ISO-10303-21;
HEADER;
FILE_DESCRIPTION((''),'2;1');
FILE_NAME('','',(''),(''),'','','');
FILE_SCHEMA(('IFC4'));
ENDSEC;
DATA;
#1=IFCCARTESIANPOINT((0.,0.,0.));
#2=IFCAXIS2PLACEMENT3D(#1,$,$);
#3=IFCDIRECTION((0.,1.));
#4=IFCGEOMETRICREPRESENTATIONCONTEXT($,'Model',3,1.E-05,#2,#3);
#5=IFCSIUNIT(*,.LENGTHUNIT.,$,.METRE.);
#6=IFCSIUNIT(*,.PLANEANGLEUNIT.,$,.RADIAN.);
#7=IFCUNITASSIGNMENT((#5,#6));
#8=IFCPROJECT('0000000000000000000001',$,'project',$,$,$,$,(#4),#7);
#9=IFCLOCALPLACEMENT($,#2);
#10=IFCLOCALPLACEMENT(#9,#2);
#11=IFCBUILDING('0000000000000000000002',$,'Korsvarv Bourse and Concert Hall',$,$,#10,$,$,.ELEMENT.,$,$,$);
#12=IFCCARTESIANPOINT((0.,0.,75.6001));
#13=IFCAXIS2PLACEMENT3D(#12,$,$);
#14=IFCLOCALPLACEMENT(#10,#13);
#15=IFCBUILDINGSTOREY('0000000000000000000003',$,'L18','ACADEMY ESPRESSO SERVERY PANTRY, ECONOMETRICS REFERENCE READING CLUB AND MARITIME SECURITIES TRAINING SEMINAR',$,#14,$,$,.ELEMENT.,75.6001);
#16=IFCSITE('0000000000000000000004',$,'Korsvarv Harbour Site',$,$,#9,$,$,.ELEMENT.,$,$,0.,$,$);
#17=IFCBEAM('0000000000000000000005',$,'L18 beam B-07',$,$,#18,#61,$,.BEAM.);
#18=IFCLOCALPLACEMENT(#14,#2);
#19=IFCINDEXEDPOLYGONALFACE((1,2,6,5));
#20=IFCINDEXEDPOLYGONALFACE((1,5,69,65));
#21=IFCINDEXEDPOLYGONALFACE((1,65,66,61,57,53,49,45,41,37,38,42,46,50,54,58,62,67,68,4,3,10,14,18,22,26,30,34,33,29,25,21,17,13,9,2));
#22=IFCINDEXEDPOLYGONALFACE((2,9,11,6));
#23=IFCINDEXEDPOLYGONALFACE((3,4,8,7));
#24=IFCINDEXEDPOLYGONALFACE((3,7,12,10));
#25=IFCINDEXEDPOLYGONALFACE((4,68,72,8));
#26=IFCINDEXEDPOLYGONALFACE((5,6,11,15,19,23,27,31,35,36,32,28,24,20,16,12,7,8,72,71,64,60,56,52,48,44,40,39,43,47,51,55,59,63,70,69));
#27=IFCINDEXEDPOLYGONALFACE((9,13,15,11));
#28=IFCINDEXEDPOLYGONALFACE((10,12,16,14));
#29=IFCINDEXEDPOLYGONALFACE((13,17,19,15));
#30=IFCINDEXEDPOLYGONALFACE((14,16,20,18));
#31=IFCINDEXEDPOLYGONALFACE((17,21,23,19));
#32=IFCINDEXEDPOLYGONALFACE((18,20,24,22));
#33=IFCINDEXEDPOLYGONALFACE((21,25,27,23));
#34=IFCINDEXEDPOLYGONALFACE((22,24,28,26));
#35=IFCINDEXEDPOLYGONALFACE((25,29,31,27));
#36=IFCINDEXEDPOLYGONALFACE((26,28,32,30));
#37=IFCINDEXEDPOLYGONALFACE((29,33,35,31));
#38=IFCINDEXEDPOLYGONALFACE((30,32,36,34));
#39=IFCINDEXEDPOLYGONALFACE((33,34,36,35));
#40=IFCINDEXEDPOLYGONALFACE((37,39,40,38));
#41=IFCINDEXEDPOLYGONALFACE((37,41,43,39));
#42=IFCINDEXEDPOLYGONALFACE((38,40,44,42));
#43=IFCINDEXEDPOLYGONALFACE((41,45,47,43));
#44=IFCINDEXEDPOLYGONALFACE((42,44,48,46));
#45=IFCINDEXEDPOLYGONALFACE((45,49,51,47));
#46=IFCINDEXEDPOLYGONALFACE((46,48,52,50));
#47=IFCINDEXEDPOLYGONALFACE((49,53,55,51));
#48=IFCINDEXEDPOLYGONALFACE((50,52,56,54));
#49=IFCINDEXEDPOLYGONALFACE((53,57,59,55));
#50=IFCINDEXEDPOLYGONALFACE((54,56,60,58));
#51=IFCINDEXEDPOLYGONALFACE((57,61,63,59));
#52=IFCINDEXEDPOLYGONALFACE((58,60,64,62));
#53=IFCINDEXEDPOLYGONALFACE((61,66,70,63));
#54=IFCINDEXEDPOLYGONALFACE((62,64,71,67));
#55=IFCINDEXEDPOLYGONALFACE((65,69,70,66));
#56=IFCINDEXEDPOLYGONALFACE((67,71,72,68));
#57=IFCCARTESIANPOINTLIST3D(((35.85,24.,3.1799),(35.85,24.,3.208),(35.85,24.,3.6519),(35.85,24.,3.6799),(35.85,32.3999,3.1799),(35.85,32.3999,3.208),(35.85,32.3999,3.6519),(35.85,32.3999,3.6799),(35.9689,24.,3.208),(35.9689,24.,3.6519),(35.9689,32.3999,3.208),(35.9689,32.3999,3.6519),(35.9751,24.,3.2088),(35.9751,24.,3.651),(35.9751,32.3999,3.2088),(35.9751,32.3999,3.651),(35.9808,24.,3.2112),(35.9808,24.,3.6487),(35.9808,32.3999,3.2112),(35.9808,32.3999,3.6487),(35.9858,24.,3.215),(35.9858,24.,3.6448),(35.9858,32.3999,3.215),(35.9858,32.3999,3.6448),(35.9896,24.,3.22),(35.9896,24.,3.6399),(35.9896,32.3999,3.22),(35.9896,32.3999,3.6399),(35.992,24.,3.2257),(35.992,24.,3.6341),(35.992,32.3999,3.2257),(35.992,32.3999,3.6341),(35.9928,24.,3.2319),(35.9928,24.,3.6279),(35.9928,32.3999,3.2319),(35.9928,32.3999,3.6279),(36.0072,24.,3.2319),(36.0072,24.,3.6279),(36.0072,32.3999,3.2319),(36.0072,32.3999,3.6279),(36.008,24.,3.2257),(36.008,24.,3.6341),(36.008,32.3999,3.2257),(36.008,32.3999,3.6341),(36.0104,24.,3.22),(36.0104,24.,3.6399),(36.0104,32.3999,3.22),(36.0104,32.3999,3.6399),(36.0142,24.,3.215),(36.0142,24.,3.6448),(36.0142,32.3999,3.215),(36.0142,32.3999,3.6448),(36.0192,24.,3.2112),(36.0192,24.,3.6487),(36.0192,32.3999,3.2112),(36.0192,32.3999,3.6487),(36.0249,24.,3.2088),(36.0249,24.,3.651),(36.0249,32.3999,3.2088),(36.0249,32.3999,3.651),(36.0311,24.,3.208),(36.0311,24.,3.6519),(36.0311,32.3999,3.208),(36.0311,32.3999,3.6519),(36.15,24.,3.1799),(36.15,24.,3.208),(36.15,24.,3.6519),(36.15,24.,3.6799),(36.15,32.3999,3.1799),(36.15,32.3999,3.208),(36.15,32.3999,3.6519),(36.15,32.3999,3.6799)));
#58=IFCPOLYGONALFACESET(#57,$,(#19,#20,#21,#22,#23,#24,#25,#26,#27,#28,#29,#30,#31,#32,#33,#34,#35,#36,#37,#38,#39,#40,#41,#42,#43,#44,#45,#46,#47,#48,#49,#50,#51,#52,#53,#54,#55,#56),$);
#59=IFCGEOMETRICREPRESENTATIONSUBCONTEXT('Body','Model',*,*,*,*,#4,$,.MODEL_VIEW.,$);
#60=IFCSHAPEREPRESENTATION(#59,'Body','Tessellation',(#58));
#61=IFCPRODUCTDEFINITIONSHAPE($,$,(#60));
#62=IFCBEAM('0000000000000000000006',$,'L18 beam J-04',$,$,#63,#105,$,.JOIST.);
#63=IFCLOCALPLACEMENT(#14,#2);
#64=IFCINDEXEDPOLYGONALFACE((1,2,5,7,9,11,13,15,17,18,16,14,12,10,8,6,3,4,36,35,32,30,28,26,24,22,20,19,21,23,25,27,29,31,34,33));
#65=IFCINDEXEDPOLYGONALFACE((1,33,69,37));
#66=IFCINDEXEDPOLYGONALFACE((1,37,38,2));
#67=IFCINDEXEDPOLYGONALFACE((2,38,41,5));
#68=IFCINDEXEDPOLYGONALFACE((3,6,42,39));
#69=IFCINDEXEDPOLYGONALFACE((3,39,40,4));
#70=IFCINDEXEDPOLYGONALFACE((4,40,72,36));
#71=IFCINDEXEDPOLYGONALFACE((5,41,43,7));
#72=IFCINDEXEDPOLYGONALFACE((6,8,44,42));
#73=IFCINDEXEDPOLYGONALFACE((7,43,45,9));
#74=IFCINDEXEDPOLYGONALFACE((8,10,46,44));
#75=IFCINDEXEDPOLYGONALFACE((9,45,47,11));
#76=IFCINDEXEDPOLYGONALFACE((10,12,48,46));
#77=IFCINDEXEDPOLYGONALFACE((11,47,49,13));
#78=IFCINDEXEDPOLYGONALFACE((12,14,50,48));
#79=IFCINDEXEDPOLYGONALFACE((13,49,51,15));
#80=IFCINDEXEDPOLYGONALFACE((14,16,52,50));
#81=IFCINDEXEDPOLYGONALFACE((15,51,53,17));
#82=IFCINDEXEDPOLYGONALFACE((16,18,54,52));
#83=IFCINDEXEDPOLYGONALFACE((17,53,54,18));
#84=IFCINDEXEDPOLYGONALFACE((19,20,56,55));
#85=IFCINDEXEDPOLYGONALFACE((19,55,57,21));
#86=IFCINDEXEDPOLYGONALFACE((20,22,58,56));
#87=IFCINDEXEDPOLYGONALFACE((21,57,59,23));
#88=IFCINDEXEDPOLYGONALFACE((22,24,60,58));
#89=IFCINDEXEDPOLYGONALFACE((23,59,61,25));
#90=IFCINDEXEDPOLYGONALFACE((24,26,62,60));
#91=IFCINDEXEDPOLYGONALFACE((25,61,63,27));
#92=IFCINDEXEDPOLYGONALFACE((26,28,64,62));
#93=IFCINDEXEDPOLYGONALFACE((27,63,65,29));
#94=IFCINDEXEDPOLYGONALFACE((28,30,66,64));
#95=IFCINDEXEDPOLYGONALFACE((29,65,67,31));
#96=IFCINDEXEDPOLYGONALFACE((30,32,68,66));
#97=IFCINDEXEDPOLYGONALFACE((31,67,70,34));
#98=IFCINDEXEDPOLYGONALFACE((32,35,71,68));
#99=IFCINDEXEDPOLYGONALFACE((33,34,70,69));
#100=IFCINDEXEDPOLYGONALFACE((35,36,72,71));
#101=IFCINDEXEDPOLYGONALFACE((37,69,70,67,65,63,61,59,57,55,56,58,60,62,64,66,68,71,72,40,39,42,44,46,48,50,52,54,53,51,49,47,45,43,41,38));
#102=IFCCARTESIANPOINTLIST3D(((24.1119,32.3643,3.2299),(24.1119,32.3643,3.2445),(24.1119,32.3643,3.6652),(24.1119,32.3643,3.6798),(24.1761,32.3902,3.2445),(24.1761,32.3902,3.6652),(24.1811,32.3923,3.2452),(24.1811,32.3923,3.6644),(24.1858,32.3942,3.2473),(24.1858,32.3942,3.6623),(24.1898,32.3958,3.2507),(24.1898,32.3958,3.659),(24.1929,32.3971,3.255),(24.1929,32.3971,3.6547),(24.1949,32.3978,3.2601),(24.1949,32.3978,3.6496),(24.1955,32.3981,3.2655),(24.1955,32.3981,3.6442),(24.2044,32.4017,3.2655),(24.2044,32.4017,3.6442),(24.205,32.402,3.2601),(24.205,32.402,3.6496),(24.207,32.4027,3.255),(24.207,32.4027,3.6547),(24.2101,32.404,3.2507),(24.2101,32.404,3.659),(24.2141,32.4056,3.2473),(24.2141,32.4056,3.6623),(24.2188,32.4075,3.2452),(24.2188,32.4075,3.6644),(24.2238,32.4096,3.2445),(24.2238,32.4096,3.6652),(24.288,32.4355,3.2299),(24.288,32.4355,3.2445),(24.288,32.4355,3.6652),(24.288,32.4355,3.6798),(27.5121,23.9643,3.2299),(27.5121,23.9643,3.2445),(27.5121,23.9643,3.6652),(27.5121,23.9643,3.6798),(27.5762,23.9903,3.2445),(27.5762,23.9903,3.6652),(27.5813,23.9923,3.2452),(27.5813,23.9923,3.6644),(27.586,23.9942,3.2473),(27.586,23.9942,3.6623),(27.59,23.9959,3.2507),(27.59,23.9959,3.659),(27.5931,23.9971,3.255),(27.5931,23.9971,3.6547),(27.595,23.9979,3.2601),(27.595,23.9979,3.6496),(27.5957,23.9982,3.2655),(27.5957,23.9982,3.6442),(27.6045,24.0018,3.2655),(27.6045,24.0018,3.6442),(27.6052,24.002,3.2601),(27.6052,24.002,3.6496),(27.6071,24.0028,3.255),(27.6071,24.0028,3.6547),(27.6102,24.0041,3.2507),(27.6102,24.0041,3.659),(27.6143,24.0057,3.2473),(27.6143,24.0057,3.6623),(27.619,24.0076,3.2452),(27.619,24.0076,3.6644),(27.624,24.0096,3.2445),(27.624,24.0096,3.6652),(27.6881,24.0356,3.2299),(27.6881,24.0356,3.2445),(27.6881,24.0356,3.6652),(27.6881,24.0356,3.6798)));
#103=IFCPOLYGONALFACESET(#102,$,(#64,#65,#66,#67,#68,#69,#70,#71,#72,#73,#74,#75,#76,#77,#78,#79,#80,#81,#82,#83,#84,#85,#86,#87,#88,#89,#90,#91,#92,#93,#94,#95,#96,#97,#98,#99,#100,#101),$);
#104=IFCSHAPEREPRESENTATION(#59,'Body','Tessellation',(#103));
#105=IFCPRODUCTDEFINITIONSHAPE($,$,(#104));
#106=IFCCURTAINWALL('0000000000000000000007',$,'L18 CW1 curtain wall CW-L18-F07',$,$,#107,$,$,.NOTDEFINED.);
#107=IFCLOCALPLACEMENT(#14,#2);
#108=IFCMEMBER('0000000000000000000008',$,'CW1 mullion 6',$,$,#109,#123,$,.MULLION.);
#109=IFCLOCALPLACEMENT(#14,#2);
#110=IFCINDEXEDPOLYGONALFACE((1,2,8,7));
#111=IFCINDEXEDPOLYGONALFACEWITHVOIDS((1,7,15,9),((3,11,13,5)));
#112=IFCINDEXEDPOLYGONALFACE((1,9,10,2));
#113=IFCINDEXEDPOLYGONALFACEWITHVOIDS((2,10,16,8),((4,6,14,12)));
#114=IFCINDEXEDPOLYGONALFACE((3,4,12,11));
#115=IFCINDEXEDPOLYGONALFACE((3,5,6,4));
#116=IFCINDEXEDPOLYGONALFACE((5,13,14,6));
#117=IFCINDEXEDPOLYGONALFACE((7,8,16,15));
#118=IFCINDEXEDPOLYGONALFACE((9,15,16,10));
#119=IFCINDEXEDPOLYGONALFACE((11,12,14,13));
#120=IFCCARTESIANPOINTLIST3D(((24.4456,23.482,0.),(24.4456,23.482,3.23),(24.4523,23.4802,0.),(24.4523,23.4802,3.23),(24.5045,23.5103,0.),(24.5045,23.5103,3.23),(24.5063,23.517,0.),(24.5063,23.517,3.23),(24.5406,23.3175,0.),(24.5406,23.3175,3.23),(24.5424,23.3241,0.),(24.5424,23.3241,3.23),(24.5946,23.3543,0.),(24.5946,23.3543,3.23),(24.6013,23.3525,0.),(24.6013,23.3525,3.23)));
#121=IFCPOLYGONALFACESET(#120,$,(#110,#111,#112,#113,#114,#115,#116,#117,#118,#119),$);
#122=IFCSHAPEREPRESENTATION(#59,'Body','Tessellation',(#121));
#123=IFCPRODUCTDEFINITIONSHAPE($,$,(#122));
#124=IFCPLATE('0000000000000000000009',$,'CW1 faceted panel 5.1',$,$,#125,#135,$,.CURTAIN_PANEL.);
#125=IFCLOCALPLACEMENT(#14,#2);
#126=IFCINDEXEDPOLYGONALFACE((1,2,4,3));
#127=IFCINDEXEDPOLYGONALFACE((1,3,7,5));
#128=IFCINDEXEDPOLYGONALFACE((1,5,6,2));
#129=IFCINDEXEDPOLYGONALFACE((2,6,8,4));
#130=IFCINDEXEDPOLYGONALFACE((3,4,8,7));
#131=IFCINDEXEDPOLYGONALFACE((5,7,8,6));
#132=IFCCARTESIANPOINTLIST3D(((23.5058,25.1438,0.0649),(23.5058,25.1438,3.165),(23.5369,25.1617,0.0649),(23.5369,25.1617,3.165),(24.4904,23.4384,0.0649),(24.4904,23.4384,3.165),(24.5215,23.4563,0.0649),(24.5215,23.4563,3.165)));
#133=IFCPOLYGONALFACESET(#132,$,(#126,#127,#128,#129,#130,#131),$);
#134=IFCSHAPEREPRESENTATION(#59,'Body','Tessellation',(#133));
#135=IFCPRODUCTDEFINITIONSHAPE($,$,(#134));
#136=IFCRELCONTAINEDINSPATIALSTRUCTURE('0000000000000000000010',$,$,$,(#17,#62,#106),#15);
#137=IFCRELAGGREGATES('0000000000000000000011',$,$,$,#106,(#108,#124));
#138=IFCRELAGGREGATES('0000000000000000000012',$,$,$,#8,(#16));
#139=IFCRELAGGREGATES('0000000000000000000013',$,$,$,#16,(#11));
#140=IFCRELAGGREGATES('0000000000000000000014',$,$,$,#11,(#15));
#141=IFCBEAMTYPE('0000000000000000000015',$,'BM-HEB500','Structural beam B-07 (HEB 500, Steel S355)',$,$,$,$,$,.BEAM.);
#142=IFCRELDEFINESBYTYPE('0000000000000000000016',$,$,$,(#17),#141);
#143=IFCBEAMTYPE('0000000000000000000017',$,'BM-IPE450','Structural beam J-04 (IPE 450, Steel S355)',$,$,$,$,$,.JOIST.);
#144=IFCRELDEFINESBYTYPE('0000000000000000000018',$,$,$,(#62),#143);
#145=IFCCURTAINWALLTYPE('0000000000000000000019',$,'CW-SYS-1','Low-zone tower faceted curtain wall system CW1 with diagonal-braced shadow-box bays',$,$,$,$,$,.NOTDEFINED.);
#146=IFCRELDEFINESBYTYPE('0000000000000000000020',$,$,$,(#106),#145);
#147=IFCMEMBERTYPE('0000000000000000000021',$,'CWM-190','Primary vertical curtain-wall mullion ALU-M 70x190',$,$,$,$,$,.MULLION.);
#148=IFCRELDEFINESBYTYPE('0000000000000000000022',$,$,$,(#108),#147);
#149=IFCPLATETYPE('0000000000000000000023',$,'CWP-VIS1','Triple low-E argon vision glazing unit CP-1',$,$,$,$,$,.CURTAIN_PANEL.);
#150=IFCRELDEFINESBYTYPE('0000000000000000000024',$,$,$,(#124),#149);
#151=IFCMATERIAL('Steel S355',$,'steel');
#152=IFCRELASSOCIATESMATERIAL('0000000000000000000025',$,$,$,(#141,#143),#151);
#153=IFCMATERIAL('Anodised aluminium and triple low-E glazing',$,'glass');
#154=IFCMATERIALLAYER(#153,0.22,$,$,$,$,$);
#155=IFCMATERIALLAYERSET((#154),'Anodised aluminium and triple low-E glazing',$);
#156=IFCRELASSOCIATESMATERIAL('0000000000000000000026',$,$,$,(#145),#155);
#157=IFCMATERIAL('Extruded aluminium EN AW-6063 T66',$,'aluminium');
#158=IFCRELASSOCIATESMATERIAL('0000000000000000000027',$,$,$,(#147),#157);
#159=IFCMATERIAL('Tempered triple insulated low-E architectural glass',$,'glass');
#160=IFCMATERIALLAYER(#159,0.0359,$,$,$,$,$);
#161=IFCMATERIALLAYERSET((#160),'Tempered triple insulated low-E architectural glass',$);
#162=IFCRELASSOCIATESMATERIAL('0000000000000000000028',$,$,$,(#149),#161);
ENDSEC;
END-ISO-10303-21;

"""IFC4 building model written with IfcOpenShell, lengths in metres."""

from ifc_helpers import new_model, si_unit, direction, frame, origin, origin_2d, place, context, subcontext, project, spatial, rectangle, hollow_rectangle, i_section, extrude, source, transform, mapped, material, layer, layer_set, material_profile, profile_set, type_object, element, aggregate, save


model = new_model("IFC4")

# Units and contexts
model_context = context("Model", 3, precision=1e-05, world=origin(), true_north=direction((0.0, 1.0)))
body_context = subcontext(model_context, "Body", "Model", "MODEL_VIEW")
ifc_project = project(units=[si_unit("LENGTHUNIT", "METRE"), si_unit("PLANEANGLEUNIT", "RADIAN")], contexts=[model_context])

# Site, building, storey
site_placement = place(None, origin())
site = spatial("IfcSite", under=ifc_project, at=site_placement, Name="Korsvarv Harbour Site", CompositionType="ELEMENT", RefElevation=0.0)
building_placement = place(site_placement, origin())
building = spatial("IfcBuilding", under=site, at=building_placement, Name="Korsvarv Bourse and Concert Hall", CompositionType="ELEMENT")
storey_placement = place(building_placement, frame((0.0, 0.0, 75.6001)))
storey = spatial("IfcBuildingStorey", under=building, at=storey_placement, Name="L18", Description="ACADEMY ESPRESSO SERVERY PANTRY, ECONOMETRICS REFERENCE READING CLUB AND MARITIME SECURITIES TRAINING SEMINAR", CompositionType="ELEMENT", Elevation=75.6001)

# Beams
ifc_material_1 = material(Name="Steel S355", Category="steel")
ifc_material_profile_1 = material_profile(ifc_material_1, i_section(OverallWidth=0.3, OverallDepth=0.5, WebThickness=0.0144, FlangeThickness=0.0281, FilletRadius=0.0239, at=origin_2d()), Name="HEB 500")
ifc_profile_set_1 = profile_set([ifc_material_profile_1], Name="Steel S355")
beam_type_1 = type_object("IfcBeamType", Name="BM-HEB500", Description="Structural beam B-07 (HEB 500, Steel S355)", PredefinedType="BEAM", material=ifc_profile_set_1)
shared_shape_1 = source(origin(), body_context, "Body", "SweptSolid", [
    extrude(i_section(OverallWidth=0.3, OverallDepth=0.5, WebThickness=0.0144, FlangeThickness=0.0281, FilletRadius=0.0239, at=origin_2d()), origin(), (0.0, 0.0, 1.0), 8.3999),
])
for number, where, z_axis, x_axis, name in (
    (1, (36.0, 24.0, 3.4299), (0.0, 1.0, 0.0), (-1.0, 0.0, 0.0), "L18 beam B-07"),
):
    element("IfcBeam", number, at=place(storey_placement, frame(where, z_axis=z_axis, x_axis=x_axis)), inside=storey, type_object=beam_type_1, Name=name, PredefinedType="BEAM", context=body_context, shape_type="MappedRepresentation", body=[
        mapped(shared_shape_1, transform((0.0, 0.0, 0.0), scale=1.0)),
    ])
ifc_material_profile_2 = material_profile(ifc_material_1, i_section(OverallWidth=0.1899, OverallDepth=0.45, WebThickness=0.0095, FlangeThickness=0.0146, FilletRadius=0.021, at=origin_2d()), Name="IPE 450")
ifc_profile_set_2 = profile_set([ifc_material_profile_2], Name="Steel S355")
beam_type_2 = type_object("IfcBeamType", Name="BM-IPE450", Description="Structural beam J-04 (IPE 450, Steel S355)", PredefinedType="JOIST", material=ifc_profile_set_2)
shared_shape_2 = source(origin(), body_context, "Body", "SweptSolid", [
    extrude(i_section(OverallWidth=0.1899, OverallDepth=0.45, WebThickness=0.0095, FlangeThickness=0.0146, FilletRadius=0.021, at=origin_2d()), origin(), (0.0, 0.0, 1.0), 9.062),
])
beam_1_placement = place(storey_placement, frame((24.2, 32.3999, 3.4548), z_axis=(0.37521, -0.92694, 0.0), x_axis=(0.92694, 0.37521, 0.0)))
element("IfcBeam", 2, at=beam_1_placement, inside=storey, type_object=beam_type_2, Name="L18 beam J-04", PredefinedType="JOIST", context=body_context, shape_type="MappedRepresentation", body=[
    mapped(shared_shape_2, transform((0.0, 0.0, 0.0), scale=1.0)),
])

# Curtain wall, member, plate
ifc_material_2 = material(Name="Anodised aluminium and triple low-E glazing", Category="glass")
ifc_layer_1 = layer(ifc_material_2, 0.22)
ifc_layer_set_1 = layer_set([ifc_layer_1], Name="Anodised aluminium and triple low-E glazing")
curtain_wall_type = type_object("IfcCurtainWallType", Name="CW-SYS-1", Description="Low-zone tower faceted curtain wall system CW1 with diagonal-braced shadow-box bays", PredefinedType="NOTDEFINED", material=ifc_layer_set_1)
curtain_wall_placement = place(storey_placement, origin())
curtain_wall = element("IfcCurtainWall", 3, at=curtain_wall_placement, inside=storey, type_object=curtain_wall_type, Name="L18 CW1 curtain wall CW-L18-F07", PredefinedType="NOTDEFINED")
ifc_material_3 = material(Name="Extruded aluminium EN AW-6063 T66", Category="aluminium")
ifc_material_profile_3 = material_profile(ifc_material_3, hollow_rectangle(XDim=0.0701, YDim=0.1899, WallThickness=0.0049, at=origin_2d()), Name="ALU-M 70x190")
ifc_profile_set_3 = profile_set([ifc_material_profile_3], Name="Extruded aluminium EN AW-6063 T66")
member_type = type_object("IfcMemberType", Name="CWM-190", Description="Primary vertical curtain-wall mullion ALU-M 70x190", PredefinedType="MULLION", material=ifc_profile_set_3)
shared_shape_3 = source(origin(), body_context, "Body", "SweptSolid", [
    extrude(hollow_rectangle(XDim=0.0701, YDim=0.1899, WallThickness=0.0049, at=origin_2d()), origin(), (0.0, 0.0, 1.0), 3.23),
])
member_placement = place(storey_placement, frame((24.5234, 23.4172, 0.0), z_axis=(0.0, 0.0, 1.0), x_axis=(0.866024, 0.500002, 0.0)))
member = element("IfcMember", 4, at=member_placement, type_object=member_type, Name="CW1 mullion 6", PredefinedType="MULLION", context=body_context, shape_type="MappedRepresentation", body=[
    mapped(shared_shape_3, transform((0.0, 0.0, 0.0), scale=1.0)),
])
ifc_material_4 = material(Name="Tempered triple insulated low-E architectural glass", Category="glass")
ifc_layer_2 = layer(ifc_material_4, 0.0359)
ifc_layer_set_2 = layer_set([ifc_layer_2], Name="Tempered triple insulated low-E architectural glass")
plate_type = type_object("IfcPlateType", Name="CWP-VIS1", Description="Triple low-E argon vision glazing unit CP-1", PredefinedType="CURTAIN_PANEL", material=ifc_layer_set_2)
shared_shape_4 = source(origin(), body_context, "Body", "SweptSolid", [
    extrude(rectangle(XDim=1.9692, YDim=0.0359, at=origin_2d()), origin(), (0.0, 0.0, 1.0), 3.1001),
])
plate_placement = place(storey_placement, frame((24.0137, 24.3, 0.0649), z_axis=(0.0, 0.0, 1.0), x_axis=(0.500002, -0.866024, 0.0)))
plate = element("IfcPlate", 5, at=plate_placement, type_object=plate_type, Name="CW1 faceted panel 5.1", PredefinedType="CURTAIN_PANEL", context=body_context, shape_type="MappedRepresentation", body=[
    mapped(shared_shape_4, transform((0.0, 0.0, 0.0), scale=1.0)),
])
aggregate(curtain_wall, [member, plate])

save(model, "model.ifc")
